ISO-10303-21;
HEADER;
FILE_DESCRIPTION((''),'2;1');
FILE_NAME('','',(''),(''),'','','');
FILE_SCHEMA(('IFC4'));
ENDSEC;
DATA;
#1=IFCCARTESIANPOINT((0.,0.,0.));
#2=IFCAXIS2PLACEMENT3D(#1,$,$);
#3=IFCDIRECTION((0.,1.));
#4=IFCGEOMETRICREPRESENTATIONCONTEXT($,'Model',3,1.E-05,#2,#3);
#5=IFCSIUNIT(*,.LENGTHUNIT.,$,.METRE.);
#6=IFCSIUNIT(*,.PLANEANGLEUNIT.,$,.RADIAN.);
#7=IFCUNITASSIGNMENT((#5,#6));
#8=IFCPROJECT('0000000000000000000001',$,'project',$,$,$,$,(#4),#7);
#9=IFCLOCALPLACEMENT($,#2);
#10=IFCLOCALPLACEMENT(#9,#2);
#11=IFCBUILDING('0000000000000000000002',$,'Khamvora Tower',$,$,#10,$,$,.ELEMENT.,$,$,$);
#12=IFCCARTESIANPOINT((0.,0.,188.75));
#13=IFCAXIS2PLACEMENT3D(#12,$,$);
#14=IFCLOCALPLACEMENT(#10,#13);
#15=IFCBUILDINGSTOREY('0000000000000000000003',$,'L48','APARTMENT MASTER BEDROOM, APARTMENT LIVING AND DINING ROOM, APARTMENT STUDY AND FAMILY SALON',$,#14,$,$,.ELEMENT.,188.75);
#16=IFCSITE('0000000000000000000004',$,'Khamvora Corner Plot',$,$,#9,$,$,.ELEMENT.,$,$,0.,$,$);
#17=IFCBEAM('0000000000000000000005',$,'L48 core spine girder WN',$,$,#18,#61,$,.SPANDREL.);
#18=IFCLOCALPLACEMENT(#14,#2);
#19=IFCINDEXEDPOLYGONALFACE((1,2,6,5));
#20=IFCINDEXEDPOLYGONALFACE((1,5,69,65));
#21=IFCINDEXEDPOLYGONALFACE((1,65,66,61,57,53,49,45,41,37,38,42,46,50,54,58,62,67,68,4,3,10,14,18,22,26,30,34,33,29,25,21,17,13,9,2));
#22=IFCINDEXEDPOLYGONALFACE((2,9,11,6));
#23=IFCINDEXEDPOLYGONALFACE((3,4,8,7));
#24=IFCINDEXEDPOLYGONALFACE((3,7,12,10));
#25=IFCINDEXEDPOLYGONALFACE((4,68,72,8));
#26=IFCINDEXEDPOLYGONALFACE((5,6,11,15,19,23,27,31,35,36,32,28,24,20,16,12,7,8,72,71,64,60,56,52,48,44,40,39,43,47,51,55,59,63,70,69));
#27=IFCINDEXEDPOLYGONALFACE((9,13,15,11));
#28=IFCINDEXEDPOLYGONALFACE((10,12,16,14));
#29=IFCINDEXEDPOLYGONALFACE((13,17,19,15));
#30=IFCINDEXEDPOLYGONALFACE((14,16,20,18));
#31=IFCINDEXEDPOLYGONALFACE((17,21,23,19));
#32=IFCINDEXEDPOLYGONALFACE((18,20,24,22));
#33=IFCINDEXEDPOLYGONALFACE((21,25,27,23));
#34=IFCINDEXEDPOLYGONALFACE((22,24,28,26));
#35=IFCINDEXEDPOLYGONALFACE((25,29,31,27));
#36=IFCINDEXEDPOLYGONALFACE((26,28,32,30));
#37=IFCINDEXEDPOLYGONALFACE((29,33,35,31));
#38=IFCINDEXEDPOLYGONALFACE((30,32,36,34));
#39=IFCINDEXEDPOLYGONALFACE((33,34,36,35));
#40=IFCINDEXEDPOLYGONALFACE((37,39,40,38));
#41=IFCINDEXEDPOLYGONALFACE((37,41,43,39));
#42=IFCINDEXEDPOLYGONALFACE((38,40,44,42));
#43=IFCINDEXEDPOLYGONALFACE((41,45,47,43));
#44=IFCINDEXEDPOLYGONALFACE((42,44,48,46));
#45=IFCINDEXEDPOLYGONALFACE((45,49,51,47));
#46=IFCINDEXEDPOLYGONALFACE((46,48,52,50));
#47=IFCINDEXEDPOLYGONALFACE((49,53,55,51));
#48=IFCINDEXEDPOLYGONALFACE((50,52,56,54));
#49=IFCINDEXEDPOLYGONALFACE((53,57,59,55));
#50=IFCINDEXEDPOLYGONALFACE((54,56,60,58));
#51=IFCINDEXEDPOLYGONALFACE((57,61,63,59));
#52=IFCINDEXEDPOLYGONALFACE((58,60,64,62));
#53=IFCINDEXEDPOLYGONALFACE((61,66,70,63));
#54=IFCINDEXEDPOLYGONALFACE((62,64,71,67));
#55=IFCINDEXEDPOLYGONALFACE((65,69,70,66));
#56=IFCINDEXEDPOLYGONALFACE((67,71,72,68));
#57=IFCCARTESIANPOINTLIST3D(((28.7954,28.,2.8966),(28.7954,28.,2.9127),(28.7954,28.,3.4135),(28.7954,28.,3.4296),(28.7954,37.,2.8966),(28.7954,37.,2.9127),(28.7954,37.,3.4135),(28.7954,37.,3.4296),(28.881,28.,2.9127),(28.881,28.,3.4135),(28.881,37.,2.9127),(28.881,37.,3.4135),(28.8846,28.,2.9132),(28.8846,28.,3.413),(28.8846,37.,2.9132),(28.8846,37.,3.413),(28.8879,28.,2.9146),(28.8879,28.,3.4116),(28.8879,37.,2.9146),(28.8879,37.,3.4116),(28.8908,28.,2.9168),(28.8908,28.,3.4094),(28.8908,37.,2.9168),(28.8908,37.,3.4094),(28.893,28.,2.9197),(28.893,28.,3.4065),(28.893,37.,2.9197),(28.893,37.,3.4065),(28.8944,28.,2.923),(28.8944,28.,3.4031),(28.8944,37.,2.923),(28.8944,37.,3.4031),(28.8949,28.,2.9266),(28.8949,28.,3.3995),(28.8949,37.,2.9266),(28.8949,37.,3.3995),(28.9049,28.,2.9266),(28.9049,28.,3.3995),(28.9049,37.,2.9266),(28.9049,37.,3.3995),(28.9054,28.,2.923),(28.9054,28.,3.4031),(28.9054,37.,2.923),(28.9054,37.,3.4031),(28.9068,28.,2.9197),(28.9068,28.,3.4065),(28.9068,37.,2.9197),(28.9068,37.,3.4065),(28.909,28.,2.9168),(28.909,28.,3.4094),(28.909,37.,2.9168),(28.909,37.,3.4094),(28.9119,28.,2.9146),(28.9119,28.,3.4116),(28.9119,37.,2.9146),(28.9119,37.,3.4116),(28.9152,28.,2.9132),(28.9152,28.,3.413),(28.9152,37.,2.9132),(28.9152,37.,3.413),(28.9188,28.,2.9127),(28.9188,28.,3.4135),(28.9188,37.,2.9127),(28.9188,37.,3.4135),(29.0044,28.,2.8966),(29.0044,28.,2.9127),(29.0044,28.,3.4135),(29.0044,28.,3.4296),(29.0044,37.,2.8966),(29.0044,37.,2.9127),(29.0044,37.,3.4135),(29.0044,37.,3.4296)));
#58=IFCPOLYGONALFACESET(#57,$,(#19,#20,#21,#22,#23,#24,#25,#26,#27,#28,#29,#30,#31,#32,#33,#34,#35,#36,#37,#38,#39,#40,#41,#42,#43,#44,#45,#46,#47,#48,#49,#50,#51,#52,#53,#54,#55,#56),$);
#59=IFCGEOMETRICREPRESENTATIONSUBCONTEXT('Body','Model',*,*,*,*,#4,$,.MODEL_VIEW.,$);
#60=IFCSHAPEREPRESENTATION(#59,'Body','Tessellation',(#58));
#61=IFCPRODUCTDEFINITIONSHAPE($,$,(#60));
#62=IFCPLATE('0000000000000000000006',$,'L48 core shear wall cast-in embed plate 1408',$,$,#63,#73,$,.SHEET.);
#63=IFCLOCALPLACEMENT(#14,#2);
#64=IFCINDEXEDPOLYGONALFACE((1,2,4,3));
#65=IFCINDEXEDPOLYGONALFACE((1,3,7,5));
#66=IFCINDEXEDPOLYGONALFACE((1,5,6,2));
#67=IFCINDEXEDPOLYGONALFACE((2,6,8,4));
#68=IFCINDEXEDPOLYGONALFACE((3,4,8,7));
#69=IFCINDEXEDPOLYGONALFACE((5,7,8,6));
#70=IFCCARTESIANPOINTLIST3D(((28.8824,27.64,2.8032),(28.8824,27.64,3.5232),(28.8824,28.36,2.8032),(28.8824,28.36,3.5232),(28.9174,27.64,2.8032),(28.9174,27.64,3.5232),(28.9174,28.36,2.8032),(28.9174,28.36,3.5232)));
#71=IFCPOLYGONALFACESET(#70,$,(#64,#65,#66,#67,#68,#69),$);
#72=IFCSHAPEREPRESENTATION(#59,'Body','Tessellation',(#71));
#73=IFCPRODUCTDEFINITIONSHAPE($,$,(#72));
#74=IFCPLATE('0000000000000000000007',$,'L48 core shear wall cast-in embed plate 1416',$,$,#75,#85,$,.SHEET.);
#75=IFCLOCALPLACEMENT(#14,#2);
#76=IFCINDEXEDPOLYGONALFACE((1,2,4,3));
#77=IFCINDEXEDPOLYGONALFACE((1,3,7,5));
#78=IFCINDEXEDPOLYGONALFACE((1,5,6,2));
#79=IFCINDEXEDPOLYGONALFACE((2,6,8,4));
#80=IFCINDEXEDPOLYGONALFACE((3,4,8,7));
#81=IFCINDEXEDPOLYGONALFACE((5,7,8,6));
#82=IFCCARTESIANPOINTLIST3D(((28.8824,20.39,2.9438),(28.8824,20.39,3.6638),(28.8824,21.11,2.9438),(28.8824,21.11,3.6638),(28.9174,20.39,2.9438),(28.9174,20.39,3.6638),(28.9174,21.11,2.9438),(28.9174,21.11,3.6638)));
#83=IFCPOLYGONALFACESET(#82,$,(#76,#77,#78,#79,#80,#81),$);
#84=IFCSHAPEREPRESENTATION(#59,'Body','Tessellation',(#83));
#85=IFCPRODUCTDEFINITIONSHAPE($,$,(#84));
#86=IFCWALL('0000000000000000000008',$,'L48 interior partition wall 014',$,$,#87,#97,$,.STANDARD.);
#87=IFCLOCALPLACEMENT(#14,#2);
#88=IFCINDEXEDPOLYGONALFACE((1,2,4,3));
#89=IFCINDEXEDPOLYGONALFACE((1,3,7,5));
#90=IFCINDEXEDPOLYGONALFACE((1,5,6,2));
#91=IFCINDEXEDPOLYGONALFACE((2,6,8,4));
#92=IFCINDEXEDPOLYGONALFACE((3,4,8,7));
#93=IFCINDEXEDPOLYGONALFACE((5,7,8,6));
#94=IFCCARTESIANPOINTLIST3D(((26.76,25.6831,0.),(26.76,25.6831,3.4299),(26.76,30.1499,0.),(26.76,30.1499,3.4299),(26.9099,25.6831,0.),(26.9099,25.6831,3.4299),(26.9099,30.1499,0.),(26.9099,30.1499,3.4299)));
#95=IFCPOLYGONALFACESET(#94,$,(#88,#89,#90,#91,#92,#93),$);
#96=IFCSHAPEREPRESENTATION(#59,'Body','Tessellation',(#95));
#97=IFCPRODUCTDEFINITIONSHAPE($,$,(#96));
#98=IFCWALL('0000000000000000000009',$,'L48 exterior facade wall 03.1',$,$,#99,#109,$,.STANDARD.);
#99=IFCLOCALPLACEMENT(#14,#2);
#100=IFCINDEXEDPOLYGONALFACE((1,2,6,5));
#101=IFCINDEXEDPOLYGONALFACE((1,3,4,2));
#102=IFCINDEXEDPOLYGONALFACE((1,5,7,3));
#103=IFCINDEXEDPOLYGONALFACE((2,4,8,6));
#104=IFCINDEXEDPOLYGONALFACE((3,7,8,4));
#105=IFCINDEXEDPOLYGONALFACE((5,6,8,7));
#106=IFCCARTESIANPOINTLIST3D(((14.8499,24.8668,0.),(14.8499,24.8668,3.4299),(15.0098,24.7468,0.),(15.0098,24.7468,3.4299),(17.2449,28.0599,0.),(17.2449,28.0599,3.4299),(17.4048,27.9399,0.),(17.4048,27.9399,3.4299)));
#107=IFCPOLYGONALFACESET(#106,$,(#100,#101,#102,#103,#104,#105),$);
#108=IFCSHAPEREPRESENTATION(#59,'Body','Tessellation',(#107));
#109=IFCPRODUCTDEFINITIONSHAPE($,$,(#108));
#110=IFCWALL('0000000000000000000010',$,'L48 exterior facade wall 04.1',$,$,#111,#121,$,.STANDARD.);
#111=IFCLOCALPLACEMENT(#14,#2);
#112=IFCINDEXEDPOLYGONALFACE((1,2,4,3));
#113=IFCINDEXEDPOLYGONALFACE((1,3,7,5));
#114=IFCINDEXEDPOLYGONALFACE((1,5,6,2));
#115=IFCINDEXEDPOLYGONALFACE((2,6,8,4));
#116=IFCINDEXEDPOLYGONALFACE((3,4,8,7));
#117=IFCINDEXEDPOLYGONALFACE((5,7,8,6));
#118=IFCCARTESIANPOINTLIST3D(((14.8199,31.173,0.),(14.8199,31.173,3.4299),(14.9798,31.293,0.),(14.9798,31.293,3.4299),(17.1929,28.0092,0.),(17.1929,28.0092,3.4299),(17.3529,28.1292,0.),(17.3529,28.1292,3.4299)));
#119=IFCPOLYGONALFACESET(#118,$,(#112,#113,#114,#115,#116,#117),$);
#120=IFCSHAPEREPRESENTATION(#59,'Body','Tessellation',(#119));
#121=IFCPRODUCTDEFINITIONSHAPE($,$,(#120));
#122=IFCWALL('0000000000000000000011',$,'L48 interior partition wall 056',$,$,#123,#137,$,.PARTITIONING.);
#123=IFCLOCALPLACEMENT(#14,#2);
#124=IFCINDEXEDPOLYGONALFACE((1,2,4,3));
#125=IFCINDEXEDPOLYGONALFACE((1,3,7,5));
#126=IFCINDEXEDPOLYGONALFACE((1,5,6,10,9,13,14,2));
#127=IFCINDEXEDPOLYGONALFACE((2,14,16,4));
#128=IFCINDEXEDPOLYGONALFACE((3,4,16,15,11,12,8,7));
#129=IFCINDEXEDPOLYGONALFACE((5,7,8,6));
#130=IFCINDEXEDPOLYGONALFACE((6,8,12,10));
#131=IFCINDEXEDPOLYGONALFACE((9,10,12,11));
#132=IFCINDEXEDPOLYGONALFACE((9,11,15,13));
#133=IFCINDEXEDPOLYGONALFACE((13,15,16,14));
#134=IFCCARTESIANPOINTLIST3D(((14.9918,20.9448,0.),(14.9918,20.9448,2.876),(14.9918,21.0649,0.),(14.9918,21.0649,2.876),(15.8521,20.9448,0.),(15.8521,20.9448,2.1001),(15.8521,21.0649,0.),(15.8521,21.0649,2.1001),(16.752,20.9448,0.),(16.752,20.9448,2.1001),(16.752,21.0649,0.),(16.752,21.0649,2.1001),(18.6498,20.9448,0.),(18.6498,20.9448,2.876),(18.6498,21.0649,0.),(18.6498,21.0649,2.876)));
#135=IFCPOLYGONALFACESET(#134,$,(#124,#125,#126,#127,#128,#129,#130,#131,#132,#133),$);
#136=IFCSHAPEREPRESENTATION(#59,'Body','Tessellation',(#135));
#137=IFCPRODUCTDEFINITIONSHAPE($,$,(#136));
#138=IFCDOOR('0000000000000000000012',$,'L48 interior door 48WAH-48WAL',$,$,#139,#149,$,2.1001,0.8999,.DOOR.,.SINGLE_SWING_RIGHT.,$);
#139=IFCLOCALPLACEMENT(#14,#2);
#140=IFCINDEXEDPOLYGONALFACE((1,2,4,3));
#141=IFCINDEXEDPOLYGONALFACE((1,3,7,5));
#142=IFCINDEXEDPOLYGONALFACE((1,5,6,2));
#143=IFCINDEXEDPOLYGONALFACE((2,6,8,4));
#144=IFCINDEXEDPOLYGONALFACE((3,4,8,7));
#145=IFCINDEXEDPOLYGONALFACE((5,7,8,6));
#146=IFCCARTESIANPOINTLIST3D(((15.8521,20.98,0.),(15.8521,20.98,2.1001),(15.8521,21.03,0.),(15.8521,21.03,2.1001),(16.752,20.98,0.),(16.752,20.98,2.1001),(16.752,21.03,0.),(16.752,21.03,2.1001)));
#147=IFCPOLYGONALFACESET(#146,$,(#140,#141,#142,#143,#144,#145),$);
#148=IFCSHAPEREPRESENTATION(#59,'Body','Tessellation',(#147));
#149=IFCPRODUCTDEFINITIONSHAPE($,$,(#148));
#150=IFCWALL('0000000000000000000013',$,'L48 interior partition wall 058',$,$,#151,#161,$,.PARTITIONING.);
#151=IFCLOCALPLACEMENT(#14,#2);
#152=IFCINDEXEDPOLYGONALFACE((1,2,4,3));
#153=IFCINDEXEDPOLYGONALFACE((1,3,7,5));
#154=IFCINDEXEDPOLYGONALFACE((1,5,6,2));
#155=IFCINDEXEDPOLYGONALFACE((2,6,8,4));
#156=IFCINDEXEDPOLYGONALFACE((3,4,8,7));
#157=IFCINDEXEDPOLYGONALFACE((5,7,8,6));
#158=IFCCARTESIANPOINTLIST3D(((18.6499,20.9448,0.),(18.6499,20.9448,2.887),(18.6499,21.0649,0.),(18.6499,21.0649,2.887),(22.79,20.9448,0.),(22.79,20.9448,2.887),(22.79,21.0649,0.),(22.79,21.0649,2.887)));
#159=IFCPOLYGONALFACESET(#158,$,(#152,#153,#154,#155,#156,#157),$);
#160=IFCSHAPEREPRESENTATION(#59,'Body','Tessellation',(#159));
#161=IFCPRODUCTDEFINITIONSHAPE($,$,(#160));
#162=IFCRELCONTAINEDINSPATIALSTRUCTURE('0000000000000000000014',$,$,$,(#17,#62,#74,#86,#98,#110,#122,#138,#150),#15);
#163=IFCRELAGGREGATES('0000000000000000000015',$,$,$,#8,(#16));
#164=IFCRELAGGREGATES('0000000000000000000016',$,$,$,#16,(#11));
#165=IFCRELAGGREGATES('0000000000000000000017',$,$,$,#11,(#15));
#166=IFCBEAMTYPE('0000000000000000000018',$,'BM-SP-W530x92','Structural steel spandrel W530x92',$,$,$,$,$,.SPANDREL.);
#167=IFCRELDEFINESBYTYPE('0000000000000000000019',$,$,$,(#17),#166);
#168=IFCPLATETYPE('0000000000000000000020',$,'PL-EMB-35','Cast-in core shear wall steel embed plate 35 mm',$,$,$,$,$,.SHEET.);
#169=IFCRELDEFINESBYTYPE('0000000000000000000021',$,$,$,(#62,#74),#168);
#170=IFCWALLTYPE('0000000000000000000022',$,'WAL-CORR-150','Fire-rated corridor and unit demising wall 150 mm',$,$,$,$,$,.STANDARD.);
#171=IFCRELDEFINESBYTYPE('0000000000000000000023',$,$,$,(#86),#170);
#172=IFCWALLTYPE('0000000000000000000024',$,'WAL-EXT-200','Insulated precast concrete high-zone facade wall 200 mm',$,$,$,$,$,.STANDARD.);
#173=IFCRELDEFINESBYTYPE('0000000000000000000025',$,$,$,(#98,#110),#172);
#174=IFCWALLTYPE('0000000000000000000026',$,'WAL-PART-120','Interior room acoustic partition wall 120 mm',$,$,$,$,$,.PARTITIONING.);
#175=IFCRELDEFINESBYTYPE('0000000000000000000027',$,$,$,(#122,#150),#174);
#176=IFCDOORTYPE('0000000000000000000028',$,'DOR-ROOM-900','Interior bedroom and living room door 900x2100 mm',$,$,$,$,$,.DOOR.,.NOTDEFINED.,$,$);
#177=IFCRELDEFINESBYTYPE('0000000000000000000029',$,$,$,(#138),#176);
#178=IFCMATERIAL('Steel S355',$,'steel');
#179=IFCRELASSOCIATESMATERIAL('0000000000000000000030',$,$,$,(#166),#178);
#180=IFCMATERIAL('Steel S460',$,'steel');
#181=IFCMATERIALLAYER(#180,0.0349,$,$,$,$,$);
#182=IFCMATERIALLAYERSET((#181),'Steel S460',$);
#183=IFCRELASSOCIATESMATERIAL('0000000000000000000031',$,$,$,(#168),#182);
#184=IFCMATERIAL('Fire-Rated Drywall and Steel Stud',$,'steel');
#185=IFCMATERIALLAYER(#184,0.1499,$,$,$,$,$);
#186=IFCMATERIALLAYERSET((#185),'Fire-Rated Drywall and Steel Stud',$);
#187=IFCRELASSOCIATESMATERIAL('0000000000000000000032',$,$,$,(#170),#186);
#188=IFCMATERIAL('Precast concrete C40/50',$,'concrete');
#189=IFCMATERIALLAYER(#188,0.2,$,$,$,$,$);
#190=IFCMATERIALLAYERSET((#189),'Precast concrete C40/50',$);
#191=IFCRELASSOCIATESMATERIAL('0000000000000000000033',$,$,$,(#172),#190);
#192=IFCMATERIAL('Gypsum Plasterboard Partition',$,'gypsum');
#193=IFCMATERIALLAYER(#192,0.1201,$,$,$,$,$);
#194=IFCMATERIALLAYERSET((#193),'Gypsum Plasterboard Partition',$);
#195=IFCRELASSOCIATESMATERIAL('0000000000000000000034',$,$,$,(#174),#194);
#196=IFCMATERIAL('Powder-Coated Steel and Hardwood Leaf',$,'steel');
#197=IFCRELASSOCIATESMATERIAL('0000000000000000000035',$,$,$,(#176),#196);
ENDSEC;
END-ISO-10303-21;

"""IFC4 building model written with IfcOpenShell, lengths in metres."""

from ifc_helpers import new_model, si_unit, direction, frame, frame_2d, origin, origin_2d, place, context, subcontext, project, spatial, rectangle, i_section, extrude, material, layer, layer_set, material_profile, profile_set, type_object, element, fill, save


model = new_model("IFC4")

# Units and contexts
model_context = context("Model", 3, precision=1e-05, world=origin(), true_north=direction((0.0, 1.0)))
body_context = subcontext(model_context, "Body", "Model", "MODEL_VIEW")
ifc_project = project(units=[si_unit("LENGTHUNIT", "METRE"), si_unit("PLANEANGLEUNIT", "RADIAN")], contexts=[model_context])

# Site, building, storey
site_placement = place(None, origin())
site = spatial("IfcSite", under=ifc_project, at=site_placement, Name="Khamvora Corner Plot", CompositionType="ELEMENT", RefElevation=0.0)
building_placement = place(site_placement, origin())
building = spatial("IfcBuilding", under=site, at=building_placement, Name="Khamvora Tower", CompositionType="ELEMENT")
storey_placement = place(building_placement, frame((0.0, 0.0, 188.75)))
storey = spatial("IfcBuildingStorey", under=building, at=storey_placement, Name="L48", Description="APARTMENT MASTER BEDROOM, APARTMENT LIVING AND DINING ROOM, APARTMENT STUDY AND FAMILY SALON", CompositionType="ELEMENT", Elevation=188.75)

# Shared definitions
ifc_material_1 = material(Name="Steel S355", Category="steel")

# Beam
ifc_material_profile_1 = material_profile(ifc_material_1, i_section(OverallWidth=0.209, OverallDepth=0.533, WebThickness=0.01, FlangeThickness=0.0161, FilletRadius=0.0139, at=origin_2d()), Name="W530x92")
ifc_profile_set_1 = profile_set([ifc_material_profile_1], Name="Steel S355")
beam_type_1 = type_object("IfcBeamType", Name="BM-SP-W530x92", Description="Structural steel spandrel W530x92", PredefinedType="SPANDREL", material=ifc_profile_set_1)
beam_1_placement = place(storey_placement, frame((28.8999, 28.0, 3.1631), z_axis=(0.0, 1.0, 0.0), x_axis=(-1.0, 0.0, 0.0)))
element("IfcBeam", 1, at=beam_1_placement, inside=storey, type_object=beam_type_1, Name="L48 core spine girder WN", PredefinedType="SPANDREL", context=body_context, shape_type="SweptSolid", body=[
    extrude(i_section(OverallWidth=0.209, OverallDepth=0.533, WebThickness=0.01, FlangeThickness=0.0161, FilletRadius=0.0139, at=origin_2d()), origin(), (0.0, 0.0, 1.0), 9.0),
])

# Plates
ifc_material_2 = material(Name="Steel S460", Category="steel")
ifc_layer_1 = layer(ifc_material_2, 0.0349)
ifc_layer_set_1 = layer_set([ifc_layer_1], Name="Steel S460")
plate_type = type_object("IfcPlateType", Name="PL-EMB-35", Description="Cast-in core shear wall steel embed plate 35 mm", PredefinedType="SHEET", material=ifc_layer_set_1)
for number, where, z_axis, x_axis, name in (
    (2, (28.8999, 28.0, 2.8032), (0.0, 0.0, 1.0), (1.0, 0.0, 0.0), "L48 core shear wall cast-in embed plate 1408"),
    (3, (28.8999, 20.75, 2.9438), (0.0, 0.0, 1.0), (1.0, 0.0, 0.0), "L48 core shear wall cast-in embed plate 1416"),
):
    element("IfcPlate", number, at=place(storey_placement, frame(where, z_axis=z_axis, x_axis=x_axis)), inside=storey, type_object=plate_type, Name=name, PredefinedType="SHEET", context=body_context, shape_type="SweptSolid", body=[
        extrude(rectangle(XDim=0.0349, YDim=0.72, at=origin_2d()), origin(), (0.0, 0.0, 1.0), 0.72),
    ])

# Shared definitions
ifc_material_3 = material(Name="Fire-Rated Drywall and Steel Stud", Category="steel")
ifc_layer_2 = layer(ifc_material_3, 0.1499)
ifc_layer_set_2 = layer_set([ifc_layer_2], Name="Fire-Rated Drywall and Steel Stud")
wall_type_1 = type_object("IfcWallType", Name="WAL-CORR-150", Description="Fire-rated corridor and unit demising wall 150 mm", PredefinedType="STANDARD", material=ifc_layer_set_2)
ifc_material_4 = material(Name="Powder-Coated Steel and Hardwood Leaf", Category="steel")

# Walls
wall_1_placement = place(storey_placement, frame((26.835, 25.6831, 0.0), z_axis=(0.0, 0.0, 1.0), x_axis=(0.0, 1.0, 0.0)))
element("IfcWall", 4, at=wall_1_placement, inside=storey, type_object=wall_type_1, Name="L48 interior partition wall 014", PredefinedType="STANDARD", context=body_context, shape_type="SweptSolid", body=[
    extrude(rectangle(XDim=4.4668, YDim=0.1499, at=frame_2d((2.2334, 0.0))), origin(), (0.0, 0.0, 1.0), 3.4299),
])
ifc_material_5 = material(Name="Precast concrete C40/50", Category="concrete")
ifc_layer_3 = layer(ifc_material_5, 0.2)
ifc_layer_set_3 = layer_set([ifc_layer_3], Name="Precast concrete C40/50")
wall_type_2 = type_object("IfcWallType", Name="WAL-EXT-200", Description="Insulated precast concrete high-zone facade wall 200 mm", PredefinedType="STANDARD", material=ifc_layer_set_3)
wall_2_placement = place(storey_placement, frame((14.9299, 24.8069, 0.0), z_axis=(0.0, 0.0, 1.0), x_axis=(0.600029, 0.799978, 0.0)))
element("IfcWall", 5, at=wall_2_placement, inside=storey, type_object=wall_type_2, Name="L48 exterior facade wall 03.1", PredefinedType="STANDARD", context=body_context, shape_type="SweptSolid", body=[
    extrude(rectangle(XDim=3.9915, YDim=0.2, at=frame_2d((1.9956, 0.0))), origin(), (0.0, 0.0, 1.0), 3.4299),
])
wall_3_placement = place(storey_placement, frame((17.2729, 28.0691, 0.0), z_axis=(0.0, 0.0, 1.0), x_axis=(-0.60003, 0.799978, 0.0)))
element("IfcWall", 6, at=wall_3_placement, inside=storey, type_object=wall_type_2, Name="L48 exterior facade wall 04.1", PredefinedType="STANDARD", context=body_context, shape_type="SweptSolid", body=[
    extrude(rectangle(XDim=3.9548, YDim=0.2, at=frame_2d((1.9775, 0.0))), origin(), (0.0, 0.0, 1.0), 3.4299),
])

# Wall, opening, door
ifc_material_6 = material(Name="Gypsum Plasterboard Partition", Category="gypsum")
ifc_layer_4 = layer(ifc_material_6, 0.1201)
ifc_layer_set_4 = layer_set([ifc_layer_4], Name="Gypsum Plasterboard Partition")
wall_type_3 = type_object("IfcWallType", Name="WAL-PART-120", Description="Interior room acoustic partition wall 120 mm", PredefinedType="PARTITIONING", material=ifc_layer_set_4)
wall_4_placement = place(storey_placement, frame((18.6499, 21.0049, 0.0), z_axis=(0.0, 0.0, 1.0), x_axis=(-1.0, 0.0, 0.0)))
wall_4 = element("IfcWall", 7, at=wall_4_placement, inside=storey, type_object=wall_type_3, Name="L48 interior partition wall 056", PredefinedType="PARTITIONING", context=body_context, shape_type="SweptSolid", body=[
    extrude(rectangle(XDim=3.658, YDim=0.1201, at=frame_2d((1.8291, 0.0))), origin(), (0.0, 0.0, 1.0), 2.876),
])
opening_1_placement = place(wall_4_placement, frame((1.8979, 0.0, 0.0)))
opening_1 = element("IfcOpeningElement", 8, at=opening_1_placement, cuts=wall_4, PredefinedType="OPENING", context=body_context, shape_type="SweptSolid", body=[
    extrude(rectangle(XDim=0.8999, YDim=2.1001, at=frame_2d((0.45, 1.05))), frame((0.0, 0.0701, 0.0), z_axis=(0.0, -1.0, 0.0), x_axis=(1.0, 0.0, 0.0)), (0.0, 0.0, 1.0), 0.1401),
])
door_type_1 = type_object("IfcDoorType", Name="DOR-ROOM-900", Description="Interior bedroom and living room door 900x2100 mm", OperationType="NOTDEFINED", PredefinedType="DOOR", material=ifc_material_4)
door_1_placement = place(opening_1_placement, origin())
door_1 = element("IfcDoor", 9, at=door_1_placement, inside=storey, type_object=door_type_1, Name="L48 interior door 48WAH-48WAL", OperationType="SINGLE_SWING_RIGHT", OverallHeight=2.1001, OverallWidth=0.8999, PredefinedType="DOOR", context=body_context, shape_type="SweptSolid", body=[
    extrude(rectangle(XDim=0.8999, YDim=2.1001, at=frame_2d((0.45, 1.05))), frame((0.0, 0.0249, 0.0), z_axis=(0.0, -1.0, 0.0), x_axis=(1.0, 0.0, 0.0)), (0.0, 0.0, 1.0), 0.05),
])
fill(opening_1, door_1)

# Wall
wall_5_placement = place(storey_placement, frame((22.79, 21.0049, 0.0), z_axis=(0.0, 0.0, 1.0), x_axis=(-1.0, 0.0, 0.0)))
element("IfcWall", 10, at=wall_5_placement, inside=storey, type_object=wall_type_3, Name="L48 interior partition wall 058", PredefinedType="PARTITIONING", context=body_context, shape_type="SweptSolid", body=[
    extrude(rectangle(XDim=4.1401, YDim=0.1201, at=frame_2d((2.0701, 0.0))), origin(), (0.0, 0.0, 1.0), 2.887),
])

save(model, "model.ifc")
